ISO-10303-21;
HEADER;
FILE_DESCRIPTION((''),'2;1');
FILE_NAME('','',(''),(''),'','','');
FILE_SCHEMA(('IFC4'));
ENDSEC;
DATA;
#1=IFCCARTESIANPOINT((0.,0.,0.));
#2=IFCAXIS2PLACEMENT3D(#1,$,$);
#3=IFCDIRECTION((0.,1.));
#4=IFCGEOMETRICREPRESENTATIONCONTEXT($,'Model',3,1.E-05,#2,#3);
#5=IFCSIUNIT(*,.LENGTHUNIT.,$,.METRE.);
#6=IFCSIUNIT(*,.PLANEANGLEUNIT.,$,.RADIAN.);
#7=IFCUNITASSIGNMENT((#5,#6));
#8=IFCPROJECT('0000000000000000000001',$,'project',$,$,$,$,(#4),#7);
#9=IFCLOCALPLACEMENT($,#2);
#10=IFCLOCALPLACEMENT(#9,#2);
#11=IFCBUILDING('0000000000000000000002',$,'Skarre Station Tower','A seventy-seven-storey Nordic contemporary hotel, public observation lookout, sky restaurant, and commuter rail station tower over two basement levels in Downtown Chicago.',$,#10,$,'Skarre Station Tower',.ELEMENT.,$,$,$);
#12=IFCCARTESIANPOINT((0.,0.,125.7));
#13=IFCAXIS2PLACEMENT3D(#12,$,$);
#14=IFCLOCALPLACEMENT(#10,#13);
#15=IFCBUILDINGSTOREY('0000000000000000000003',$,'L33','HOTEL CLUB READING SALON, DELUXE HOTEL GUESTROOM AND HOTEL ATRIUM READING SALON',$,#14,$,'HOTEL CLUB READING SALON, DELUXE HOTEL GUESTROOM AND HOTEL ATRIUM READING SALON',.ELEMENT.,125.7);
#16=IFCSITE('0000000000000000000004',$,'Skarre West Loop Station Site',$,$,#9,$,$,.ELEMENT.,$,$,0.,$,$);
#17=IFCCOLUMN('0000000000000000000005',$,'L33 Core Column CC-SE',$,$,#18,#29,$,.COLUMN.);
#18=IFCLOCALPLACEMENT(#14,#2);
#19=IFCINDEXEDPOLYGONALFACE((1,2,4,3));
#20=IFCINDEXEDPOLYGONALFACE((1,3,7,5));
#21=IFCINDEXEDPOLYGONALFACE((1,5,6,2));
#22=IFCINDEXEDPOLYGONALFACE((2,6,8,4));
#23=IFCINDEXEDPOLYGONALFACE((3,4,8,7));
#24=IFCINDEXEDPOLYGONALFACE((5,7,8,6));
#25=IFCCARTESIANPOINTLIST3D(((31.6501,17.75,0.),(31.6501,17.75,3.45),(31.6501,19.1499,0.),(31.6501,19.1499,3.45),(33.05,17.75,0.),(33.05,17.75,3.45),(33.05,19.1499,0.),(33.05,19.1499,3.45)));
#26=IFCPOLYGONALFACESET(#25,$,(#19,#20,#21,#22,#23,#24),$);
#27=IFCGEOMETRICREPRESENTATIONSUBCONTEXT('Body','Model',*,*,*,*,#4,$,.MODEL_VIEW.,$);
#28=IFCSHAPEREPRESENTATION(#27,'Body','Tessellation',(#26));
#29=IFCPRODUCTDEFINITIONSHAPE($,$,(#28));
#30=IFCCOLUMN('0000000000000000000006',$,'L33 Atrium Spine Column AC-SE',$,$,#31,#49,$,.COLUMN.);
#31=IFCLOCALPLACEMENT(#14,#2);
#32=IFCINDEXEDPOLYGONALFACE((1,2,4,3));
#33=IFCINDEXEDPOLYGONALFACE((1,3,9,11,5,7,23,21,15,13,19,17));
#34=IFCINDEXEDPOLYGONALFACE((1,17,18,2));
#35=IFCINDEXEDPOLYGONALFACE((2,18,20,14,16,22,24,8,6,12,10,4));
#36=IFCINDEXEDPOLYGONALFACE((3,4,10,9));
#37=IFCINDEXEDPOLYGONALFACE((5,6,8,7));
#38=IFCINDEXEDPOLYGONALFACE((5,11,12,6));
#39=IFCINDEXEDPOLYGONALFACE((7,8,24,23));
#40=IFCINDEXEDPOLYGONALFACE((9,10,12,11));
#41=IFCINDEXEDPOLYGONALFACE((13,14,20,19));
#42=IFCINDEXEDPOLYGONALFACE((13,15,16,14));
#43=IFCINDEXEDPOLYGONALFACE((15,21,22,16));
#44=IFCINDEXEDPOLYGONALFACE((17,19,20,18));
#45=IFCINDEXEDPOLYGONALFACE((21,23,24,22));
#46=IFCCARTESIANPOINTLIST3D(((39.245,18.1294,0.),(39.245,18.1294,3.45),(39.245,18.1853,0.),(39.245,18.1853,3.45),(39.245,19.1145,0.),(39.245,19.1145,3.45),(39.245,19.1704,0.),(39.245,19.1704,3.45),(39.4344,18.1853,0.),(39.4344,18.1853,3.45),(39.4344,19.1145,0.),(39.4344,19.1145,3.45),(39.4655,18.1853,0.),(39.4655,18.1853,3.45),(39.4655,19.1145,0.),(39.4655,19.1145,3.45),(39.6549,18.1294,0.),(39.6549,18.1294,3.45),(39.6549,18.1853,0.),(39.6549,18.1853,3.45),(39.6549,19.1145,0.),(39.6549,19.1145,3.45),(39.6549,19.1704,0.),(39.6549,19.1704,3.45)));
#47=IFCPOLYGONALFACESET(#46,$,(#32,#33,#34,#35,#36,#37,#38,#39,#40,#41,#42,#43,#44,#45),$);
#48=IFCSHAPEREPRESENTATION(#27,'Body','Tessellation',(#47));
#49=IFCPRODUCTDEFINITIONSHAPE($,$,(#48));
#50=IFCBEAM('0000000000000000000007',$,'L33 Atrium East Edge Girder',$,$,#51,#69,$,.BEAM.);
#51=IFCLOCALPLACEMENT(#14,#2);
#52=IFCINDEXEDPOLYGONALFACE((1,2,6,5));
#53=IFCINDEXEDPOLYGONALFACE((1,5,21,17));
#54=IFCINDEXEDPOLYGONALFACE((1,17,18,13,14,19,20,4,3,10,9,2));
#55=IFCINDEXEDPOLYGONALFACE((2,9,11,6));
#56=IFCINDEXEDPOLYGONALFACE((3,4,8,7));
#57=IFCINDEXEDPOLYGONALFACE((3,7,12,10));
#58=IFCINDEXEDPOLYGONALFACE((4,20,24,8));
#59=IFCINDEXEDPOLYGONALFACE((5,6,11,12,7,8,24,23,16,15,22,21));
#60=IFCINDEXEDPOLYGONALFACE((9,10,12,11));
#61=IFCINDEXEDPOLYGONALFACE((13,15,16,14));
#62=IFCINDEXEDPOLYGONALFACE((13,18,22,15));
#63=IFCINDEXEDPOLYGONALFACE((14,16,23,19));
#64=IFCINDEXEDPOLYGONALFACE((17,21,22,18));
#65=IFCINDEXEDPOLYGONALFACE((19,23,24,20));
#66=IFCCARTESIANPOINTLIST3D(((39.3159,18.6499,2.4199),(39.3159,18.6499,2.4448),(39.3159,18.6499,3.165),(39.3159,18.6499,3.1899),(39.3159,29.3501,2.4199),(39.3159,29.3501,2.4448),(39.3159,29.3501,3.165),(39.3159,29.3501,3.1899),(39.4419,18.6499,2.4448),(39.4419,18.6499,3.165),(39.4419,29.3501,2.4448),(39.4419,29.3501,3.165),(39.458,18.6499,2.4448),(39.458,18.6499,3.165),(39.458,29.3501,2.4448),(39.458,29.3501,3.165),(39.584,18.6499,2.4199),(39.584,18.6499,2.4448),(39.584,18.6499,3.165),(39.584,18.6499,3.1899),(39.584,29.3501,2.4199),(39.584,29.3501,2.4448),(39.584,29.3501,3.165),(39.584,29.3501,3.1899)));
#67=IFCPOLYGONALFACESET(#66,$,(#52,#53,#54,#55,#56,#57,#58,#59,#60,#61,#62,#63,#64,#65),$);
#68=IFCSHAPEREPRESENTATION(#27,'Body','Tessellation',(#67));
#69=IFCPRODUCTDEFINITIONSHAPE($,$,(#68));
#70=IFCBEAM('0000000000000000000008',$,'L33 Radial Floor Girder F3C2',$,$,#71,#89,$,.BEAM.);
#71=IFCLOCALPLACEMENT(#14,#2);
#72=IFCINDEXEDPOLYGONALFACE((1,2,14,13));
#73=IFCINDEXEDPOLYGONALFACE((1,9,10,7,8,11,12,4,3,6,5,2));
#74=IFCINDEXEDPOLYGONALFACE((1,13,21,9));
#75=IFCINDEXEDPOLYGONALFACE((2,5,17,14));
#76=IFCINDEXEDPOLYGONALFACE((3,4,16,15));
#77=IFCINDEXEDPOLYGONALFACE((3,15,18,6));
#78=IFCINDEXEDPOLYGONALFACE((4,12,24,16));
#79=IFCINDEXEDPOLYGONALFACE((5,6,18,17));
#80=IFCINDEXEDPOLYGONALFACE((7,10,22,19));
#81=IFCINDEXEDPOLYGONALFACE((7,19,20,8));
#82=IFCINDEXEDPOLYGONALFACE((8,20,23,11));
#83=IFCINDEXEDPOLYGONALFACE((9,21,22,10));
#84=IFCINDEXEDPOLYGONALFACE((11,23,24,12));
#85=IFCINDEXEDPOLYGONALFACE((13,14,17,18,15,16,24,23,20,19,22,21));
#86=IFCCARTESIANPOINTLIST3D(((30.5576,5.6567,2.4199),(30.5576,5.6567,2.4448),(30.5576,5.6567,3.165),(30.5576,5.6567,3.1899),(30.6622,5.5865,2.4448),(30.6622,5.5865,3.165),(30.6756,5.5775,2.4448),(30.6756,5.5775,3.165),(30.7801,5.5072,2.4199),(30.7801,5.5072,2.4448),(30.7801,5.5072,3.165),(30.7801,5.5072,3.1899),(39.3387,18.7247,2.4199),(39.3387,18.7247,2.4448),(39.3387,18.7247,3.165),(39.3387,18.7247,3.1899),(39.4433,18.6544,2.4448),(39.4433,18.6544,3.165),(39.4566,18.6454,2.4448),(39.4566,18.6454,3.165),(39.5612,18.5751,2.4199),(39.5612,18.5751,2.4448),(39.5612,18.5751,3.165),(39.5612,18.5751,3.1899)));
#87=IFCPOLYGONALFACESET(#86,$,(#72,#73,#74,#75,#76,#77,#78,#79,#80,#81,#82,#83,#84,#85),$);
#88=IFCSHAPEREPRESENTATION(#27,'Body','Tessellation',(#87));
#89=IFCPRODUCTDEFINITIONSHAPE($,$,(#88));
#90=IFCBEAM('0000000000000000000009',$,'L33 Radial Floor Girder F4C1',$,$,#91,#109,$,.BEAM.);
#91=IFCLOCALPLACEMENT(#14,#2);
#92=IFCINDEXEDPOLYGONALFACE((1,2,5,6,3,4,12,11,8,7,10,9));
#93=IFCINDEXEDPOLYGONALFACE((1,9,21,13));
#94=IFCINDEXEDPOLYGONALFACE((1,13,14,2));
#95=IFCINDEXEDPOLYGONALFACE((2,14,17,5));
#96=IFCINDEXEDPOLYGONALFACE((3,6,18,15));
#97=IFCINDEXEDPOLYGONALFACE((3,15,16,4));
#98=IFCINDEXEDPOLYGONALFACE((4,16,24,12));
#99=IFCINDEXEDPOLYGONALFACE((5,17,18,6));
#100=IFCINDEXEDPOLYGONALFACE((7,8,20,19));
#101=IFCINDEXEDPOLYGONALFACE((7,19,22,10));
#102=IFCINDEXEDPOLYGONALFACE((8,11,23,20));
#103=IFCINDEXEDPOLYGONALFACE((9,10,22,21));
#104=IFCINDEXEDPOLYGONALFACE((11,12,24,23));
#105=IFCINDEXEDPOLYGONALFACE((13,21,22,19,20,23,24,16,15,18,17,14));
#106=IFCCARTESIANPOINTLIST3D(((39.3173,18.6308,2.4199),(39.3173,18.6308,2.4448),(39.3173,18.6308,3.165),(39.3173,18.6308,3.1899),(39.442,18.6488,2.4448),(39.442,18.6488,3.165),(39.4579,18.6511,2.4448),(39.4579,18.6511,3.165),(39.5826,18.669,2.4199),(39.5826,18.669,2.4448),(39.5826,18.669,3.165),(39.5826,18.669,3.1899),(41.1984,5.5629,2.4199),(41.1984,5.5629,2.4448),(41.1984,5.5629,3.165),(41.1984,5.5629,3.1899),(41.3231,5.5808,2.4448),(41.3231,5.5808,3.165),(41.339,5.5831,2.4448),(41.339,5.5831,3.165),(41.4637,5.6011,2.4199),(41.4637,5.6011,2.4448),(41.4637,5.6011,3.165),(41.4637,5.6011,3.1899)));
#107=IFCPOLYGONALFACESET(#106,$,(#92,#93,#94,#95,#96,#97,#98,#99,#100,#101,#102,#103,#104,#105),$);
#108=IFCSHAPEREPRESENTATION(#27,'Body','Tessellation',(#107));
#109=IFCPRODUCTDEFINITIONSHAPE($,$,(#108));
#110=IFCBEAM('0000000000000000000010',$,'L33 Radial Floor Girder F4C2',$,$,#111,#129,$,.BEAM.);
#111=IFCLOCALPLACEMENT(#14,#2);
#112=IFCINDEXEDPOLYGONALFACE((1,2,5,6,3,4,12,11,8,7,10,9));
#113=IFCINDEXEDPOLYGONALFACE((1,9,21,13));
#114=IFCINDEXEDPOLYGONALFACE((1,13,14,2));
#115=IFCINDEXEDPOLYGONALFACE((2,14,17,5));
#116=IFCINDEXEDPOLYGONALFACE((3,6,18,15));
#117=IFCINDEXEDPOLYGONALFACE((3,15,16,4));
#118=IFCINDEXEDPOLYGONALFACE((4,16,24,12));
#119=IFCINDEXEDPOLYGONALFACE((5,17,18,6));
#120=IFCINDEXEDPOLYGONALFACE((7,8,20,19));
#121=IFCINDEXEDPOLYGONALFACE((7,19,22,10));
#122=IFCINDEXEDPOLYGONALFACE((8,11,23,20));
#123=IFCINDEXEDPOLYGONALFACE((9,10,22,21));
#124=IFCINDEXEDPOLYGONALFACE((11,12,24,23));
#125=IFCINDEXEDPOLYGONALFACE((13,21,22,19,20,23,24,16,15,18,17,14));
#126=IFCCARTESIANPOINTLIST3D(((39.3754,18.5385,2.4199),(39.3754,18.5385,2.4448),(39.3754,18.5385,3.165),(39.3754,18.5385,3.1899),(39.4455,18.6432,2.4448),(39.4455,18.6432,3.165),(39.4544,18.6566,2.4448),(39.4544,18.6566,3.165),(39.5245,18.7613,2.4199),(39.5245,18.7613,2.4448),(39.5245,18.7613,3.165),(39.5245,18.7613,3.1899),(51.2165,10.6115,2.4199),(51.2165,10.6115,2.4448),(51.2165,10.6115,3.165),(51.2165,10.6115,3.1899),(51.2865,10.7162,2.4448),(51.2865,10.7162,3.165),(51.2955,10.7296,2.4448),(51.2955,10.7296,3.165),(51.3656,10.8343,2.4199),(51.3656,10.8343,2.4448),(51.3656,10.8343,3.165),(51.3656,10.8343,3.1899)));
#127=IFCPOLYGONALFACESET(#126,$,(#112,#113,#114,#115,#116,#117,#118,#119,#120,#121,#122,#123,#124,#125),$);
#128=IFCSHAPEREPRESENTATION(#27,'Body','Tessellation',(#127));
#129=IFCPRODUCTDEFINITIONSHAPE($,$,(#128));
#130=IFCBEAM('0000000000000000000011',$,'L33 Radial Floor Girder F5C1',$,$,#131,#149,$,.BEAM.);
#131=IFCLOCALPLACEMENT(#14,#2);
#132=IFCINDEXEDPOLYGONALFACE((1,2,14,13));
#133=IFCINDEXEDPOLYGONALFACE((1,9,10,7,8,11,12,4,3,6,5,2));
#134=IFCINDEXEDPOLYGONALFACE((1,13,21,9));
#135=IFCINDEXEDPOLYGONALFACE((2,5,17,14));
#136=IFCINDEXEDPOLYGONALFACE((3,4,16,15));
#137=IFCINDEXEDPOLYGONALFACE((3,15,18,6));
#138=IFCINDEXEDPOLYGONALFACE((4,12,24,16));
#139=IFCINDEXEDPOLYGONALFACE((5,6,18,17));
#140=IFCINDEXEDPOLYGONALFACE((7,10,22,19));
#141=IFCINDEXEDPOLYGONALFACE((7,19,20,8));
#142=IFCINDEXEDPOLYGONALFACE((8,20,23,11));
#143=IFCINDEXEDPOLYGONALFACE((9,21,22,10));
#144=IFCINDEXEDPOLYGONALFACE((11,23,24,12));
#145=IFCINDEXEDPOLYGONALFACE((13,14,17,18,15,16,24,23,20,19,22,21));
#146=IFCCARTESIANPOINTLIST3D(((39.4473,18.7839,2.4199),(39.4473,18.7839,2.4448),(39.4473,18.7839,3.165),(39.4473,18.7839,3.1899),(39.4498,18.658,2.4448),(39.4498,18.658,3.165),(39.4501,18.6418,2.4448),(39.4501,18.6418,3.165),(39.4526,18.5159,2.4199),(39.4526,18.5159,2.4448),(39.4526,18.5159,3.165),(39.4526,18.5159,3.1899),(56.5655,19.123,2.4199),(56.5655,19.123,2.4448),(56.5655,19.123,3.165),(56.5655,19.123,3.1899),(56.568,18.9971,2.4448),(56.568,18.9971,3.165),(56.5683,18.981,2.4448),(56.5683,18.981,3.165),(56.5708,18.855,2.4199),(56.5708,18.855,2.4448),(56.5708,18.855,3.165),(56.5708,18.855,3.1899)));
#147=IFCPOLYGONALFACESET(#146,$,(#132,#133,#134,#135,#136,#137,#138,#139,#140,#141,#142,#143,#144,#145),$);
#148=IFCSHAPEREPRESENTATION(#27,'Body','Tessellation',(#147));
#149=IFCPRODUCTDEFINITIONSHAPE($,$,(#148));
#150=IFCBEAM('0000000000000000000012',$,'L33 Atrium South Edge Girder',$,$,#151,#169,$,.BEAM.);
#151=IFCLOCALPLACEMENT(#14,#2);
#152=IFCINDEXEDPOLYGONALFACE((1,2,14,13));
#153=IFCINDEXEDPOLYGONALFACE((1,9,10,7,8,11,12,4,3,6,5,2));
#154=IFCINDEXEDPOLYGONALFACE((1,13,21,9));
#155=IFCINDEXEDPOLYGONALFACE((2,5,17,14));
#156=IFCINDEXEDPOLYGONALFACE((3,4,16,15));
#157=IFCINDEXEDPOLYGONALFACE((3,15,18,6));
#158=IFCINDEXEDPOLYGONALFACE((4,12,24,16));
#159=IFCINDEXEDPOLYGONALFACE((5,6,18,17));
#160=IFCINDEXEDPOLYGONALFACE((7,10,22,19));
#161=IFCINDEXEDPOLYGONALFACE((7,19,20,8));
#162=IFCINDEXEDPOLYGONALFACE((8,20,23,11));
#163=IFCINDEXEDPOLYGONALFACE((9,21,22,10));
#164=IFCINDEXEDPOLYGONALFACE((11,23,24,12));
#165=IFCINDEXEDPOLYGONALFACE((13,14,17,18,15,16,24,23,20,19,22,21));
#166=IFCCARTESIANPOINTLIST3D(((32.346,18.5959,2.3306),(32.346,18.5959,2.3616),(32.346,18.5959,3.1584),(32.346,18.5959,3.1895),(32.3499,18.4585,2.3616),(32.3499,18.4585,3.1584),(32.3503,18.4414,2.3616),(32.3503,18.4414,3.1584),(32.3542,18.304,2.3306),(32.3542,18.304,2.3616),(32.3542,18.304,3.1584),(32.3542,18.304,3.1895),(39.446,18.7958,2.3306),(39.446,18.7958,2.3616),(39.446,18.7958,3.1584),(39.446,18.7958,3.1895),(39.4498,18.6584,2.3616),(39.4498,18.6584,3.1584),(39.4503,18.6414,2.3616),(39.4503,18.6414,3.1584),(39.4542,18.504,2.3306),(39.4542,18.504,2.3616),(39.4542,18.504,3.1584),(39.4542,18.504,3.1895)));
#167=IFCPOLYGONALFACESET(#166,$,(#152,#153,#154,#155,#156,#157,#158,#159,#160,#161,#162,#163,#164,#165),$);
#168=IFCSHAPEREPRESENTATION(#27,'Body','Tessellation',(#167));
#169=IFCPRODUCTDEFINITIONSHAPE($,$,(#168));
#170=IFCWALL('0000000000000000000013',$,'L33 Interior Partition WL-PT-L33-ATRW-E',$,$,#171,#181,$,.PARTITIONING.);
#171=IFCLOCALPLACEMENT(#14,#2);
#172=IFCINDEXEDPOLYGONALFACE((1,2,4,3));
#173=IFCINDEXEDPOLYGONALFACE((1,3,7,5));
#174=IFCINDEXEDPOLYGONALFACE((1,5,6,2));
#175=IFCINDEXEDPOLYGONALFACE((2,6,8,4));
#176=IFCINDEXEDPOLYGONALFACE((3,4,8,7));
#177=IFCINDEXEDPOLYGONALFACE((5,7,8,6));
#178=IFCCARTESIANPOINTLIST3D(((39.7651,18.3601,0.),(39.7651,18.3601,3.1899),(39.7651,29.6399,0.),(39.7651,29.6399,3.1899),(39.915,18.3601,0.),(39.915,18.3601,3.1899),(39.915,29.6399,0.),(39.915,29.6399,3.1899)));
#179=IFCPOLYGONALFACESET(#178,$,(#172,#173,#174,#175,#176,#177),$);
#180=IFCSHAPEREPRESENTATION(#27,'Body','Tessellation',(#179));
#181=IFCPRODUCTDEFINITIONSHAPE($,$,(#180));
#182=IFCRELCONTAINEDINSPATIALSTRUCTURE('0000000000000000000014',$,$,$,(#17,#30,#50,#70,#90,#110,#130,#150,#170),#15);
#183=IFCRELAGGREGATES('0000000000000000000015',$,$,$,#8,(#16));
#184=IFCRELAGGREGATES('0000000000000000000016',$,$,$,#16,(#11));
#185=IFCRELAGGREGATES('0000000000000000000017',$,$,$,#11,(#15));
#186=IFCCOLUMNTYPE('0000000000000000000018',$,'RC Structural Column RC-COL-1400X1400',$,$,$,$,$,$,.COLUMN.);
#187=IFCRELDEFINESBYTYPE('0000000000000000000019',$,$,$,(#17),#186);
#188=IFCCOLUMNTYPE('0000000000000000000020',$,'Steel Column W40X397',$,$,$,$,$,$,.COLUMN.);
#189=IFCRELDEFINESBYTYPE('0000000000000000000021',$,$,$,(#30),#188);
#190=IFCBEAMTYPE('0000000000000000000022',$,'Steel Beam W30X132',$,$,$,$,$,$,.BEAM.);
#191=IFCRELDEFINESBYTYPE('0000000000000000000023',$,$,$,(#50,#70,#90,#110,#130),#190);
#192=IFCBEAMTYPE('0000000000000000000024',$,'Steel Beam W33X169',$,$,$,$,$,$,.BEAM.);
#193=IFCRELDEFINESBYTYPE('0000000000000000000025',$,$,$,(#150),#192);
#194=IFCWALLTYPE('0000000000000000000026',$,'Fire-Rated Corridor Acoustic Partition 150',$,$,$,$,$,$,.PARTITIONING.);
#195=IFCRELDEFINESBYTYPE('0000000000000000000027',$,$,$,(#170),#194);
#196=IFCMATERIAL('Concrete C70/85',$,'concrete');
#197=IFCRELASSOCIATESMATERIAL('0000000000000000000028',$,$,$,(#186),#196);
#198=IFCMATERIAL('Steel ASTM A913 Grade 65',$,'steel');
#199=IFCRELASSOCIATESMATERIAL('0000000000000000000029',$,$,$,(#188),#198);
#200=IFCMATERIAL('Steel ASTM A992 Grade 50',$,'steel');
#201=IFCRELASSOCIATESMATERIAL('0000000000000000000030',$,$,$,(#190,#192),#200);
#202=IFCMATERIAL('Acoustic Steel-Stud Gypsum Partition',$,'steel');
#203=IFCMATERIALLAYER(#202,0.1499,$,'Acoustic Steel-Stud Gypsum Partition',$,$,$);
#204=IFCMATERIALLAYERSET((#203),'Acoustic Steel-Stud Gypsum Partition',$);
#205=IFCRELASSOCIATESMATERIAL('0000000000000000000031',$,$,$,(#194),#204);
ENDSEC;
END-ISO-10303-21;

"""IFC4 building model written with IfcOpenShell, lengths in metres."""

from ifc_helpers import new_model, si_unit, direction, frame, frame_2d, origin, origin_2d, place, context, subcontext, project, spatial, rectangle, i_section, extrude, material, layer, layer_set, material_profile, profile_set, type_object, element, save


model = new_model("IFC4")

# Units and contexts
model_context = context("Model", 3, precision=1e-05, world=origin(), true_north=direction((0.0, 1.0)))
body_context = subcontext(model_context, "Body", "Model", "MODEL_VIEW")
ifc_project = project(units=[si_unit("LENGTHUNIT", "METRE"), si_unit("PLANEANGLEUNIT", "RADIAN")], contexts=[model_context])

# Site, building, storey
site_placement = place(None, origin())
site = spatial("IfcSite", under=ifc_project, at=site_placement, Name="Skarre West Loop Station Site", CompositionType="ELEMENT", RefElevation=0.0)
building_placement = place(site_placement, origin())
building = spatial("IfcBuilding", under=site, at=building_placement, Name="Skarre Station Tower", Description="A seventy-seven-storey Nordic contemporary hotel, public observation lookout, sky restaurant, and commuter rail station tower over two basement levels in Downtown Chicago.", LongName="Skarre Station Tower", CompositionType="ELEMENT")
storey_placement = place(building_placement, frame((0.0, 0.0, 125.7)))
storey = spatial("IfcBuildingStorey", under=building, at=storey_placement, Name="L33", Description="HOTEL CLUB READING SALON, DELUXE HOTEL GUESTROOM AND HOTEL ATRIUM READING SALON", LongName="HOTEL CLUB READING SALON, DELUXE HOTEL GUESTROOM AND HOTEL ATRIUM READING SALON", CompositionType="ELEMENT", Elevation=125.7)

# Columns
ifc_material_1 = material(Name="Concrete C70/85", Category="concrete")
ifc_material_profile_1 = material_profile(ifc_material_1, rectangle(XDim=1.3999, YDim=1.3999, at=origin_2d()), Name="Concrete C70/85")
ifc_profile_set_1 = profile_set([ifc_material_profile_1], Name="Concrete C70/85")
column_type_1 = type_object("IfcColumnType", Name="RC Structural Column RC-COL-1400X1400", PredefinedType="COLUMN", material=ifc_profile_set_1)
column_1_placement = place(storey_placement, frame((32.3501, 18.45, 0.0), z_axis=(0.0, 0.0, 1.0), x_axis=(1.0, 0.0, 0.0)))
element("IfcColumn", 1, at=column_1_placement, inside=storey, type_object=column_type_1, Name="L33 Core Column CC-SE", PredefinedType="COLUMN", context=body_context, shape_type="SweptSolid", body=[
    extrude(rectangle(XDim=1.3999, YDim=1.3999, at=origin_2d()), origin(), (0.0, 0.0, 1.0), 3.45),
])
ifc_material_2 = material(Name="Steel ASTM A913 Grade 65", Category="steel")
ifc_material_profile_2 = material_profile(ifc_material_2, i_section(OverallWidth=0.4099, OverallDepth=1.041, WebThickness=0.031, FlangeThickness=0.0559, at=origin_2d()), Name="Steel ASTM A913 Grade 65")
ifc_profile_set_2 = profile_set([ifc_material_profile_2], Name="Steel ASTM A913 Grade 65")
column_type_2 = type_object("IfcColumnType", Name="Steel Column W40X397", PredefinedType="COLUMN", material=ifc_profile_set_2)
column_2_placement = place(storey_placement, frame((39.45, 18.6499, 0.0), z_axis=(0.0, 0.0, 1.0), x_axis=(1.0, 0.0, 0.0)))
element("IfcColumn", 2, at=column_2_placement, inside=storey, type_object=column_type_2, Name="L33 Atrium Spine Column AC-SE", PredefinedType="COLUMN", context=body_context, shape_type="SweptSolid", body=[
    extrude(i_section(OverallWidth=0.4099, OverallDepth=1.041, WebThickness=0.031, FlangeThickness=0.0559, at=origin_2d()), origin(), (0.0, 0.0, 1.0), 3.45),
])

# Beams
ifc_material_3 = material(Name="Steel ASTM A992 Grade 50", Category="steel")
ifc_material_profile_3 = material_profile(ifc_material_3, i_section(OverallWidth=0.2681, OverallDepth=0.77, WebThickness=0.0161, FlangeThickness=0.0249, at=origin_2d()), Name="Steel ASTM A992 Grade 50")
ifc_profile_set_3 = profile_set([ifc_material_profile_3], Name="Steel ASTM A992 Grade 50")
beam_type_1 = type_object("IfcBeamType", Name="Steel Beam W30X132", PredefinedType="BEAM", material=ifc_profile_set_3)
beam_1_placement = place(storey_placement, frame((39.45, 18.6499, 2.8049), z_axis=(0.0, 1.0, 0.0), x_axis=(-1.0, 0.0, 0.0)))
element("IfcBeam", 3, at=beam_1_placement, inside=storey, type_object=beam_type_1, Name="L33 Atrium East Edge Girder", PredefinedType="BEAM", context=body_context, shape_type="SweptSolid", body=[
    extrude(i_section(OverallWidth=0.2681, OverallDepth=0.77, WebThickness=0.0161, FlangeThickness=0.0249, at=origin_2d()), origin(), (0.0, 0.0, 1.0), 10.7002),
])
beam_2_placement = place(storey_placement, frame((39.45, 18.6499, 2.8049), z_axis=(-0.557735, -0.830019, 0.0), x_axis=(0.830019, -0.557735, 0.0)))
element("IfcBeam", 4, at=beam_2_placement, inside=storey, type_object=beam_type_1, Name="L33 Radial Floor Girder F3C2", PredefinedType="BEAM", context=body_context, shape_type="SweptSolid", body=[
    extrude(i_section(OverallWidth=0.2681, OverallDepth=0.77, WebThickness=0.0161, FlangeThickness=0.0249, at=origin_2d()), origin(), (0.0, 0.0, 1.0), 15.7441),
])
beam_3_placement = place(storey_placement, frame((39.45, 18.6499, 2.8049), z_axis=(0.14248, -0.989798, 0.0), x_axis=(0.989798, 0.14248, 0.0)))
element("IfcBeam", 5, at=beam_3_placement, inside=storey, type_object=beam_type_1, Name="L33 Radial Floor Girder F4C1", PredefinedType="BEAM", context=body_context, shape_type="SweptSolid", body=[
    extrude(i_section(OverallWidth=0.2681, OverallDepth=0.77, WebThickness=0.0161, FlangeThickness=0.0249, at=origin_2d()), origin(), (0.0, 0.0, 1.0), 13.2026),
])
beam_4_placement = place(storey_placement, frame((39.45, 18.6499, 2.8049), z_axis=(0.830981, -0.5563, 0.0), x_axis=(0.5563, 0.830981, 0.0)))
element("IfcBeam", 6, at=beam_4_placement, inside=storey, type_object=beam_type_1, Name="L33 Radial Floor Girder F4C2", PredefinedType="BEAM", context=body_context, shape_type="SweptSolid", body=[
    extrude(i_section(OverallWidth=0.2681, OverallDepth=0.77, WebThickness=0.0161, FlangeThickness=0.0249, at=origin_2d()), origin(), (0.0, 0.0, 1.0), 14.2495),
])
beam_5_placement = place(storey_placement, frame((39.45, 18.6499, 2.8049), z_axis=(0.999804, 0.019806, 0.0), x_axis=(-0.019806, 0.999804, 0.0)))
element("IfcBeam", 7, at=beam_5_placement, inside=storey, type_object=beam_type_1, Name="L33 Radial Floor Girder F5C1", PredefinedType="BEAM", context=body_context, shape_type="SweptSolid", body=[
    extrude(i_section(OverallWidth=0.2681, OverallDepth=0.77, WebThickness=0.0161, FlangeThickness=0.0249, at=origin_2d()), origin(), (0.0, 0.0, 1.0), 17.1216),
])
ifc_material_profile_4 = material_profile(ifc_material_3, i_section(OverallWidth=0.292, OverallDepth=0.8589, WebThickness=0.0171, FlangeThickness=0.031, at=origin_2d()), Name="Steel ASTM A992 Grade 50")
ifc_profile_set_4 = profile_set([ifc_material_profile_4], Name="Steel ASTM A992 Grade 50")
beam_type_2 = type_object("IfcBeamType", Name="Steel Beam W33X169", PredefinedType="BEAM", material=ifc_profile_set_4)
beam_6_placement = place(storey_placement, frame((32.3501, 18.45, 2.76), z_axis=(0.999604, 0.028152, 0.0), x_axis=(-0.028152, 0.999604, 0.0)))
element("IfcBeam", 8, at=beam_6_placement, inside=storey, type_object=beam_type_2, Name="L33 Atrium South Edge Girder", PredefinedType="BEAM", context=body_context, shape_type="SweptSolid", body=[
    extrude(i_section(OverallWidth=0.292, OverallDepth=0.8589, WebThickness=0.0171, FlangeThickness=0.031, at=origin_2d()), origin(), (0.0, 0.0, 1.0), 7.1028),
])

# Wall
ifc_material_4 = material(Name="Acoustic Steel-Stud Gypsum Partition", Category="steel")
ifc_layer_1 = layer(ifc_material_4, 0.1499, Name="Acoustic Steel-Stud Gypsum Partition")
ifc_layer_set_1 = layer_set([ifc_layer_1], Name="Acoustic Steel-Stud Gypsum Partition")
wall_type_1 = type_object("IfcWallType", Name="Fire-Rated Corridor Acoustic Partition 150", PredefinedType="PARTITIONING", material=ifc_layer_set_1)
wall_1_placement = place(storey_placement, frame((39.8401, 18.3601, 0.0), z_axis=(0.0, 0.0, 1.0), x_axis=(0.0, 1.0, 0.0)))
element("IfcWall", 9, at=wall_1_placement, inside=storey, type_object=wall_type_1, Name="L33 Interior Partition WL-PT-L33-ATRW-E", PredefinedType="PARTITIONING", context=body_context, shape_type="SweptSolid", body=[
    extrude(rectangle(XDim=11.2798, YDim=0.1499, at=frame_2d((5.6399, 0.0))), origin(), (0.0, 0.0, 1.0), 3.1899),
])

save(model, "model.ifc")
